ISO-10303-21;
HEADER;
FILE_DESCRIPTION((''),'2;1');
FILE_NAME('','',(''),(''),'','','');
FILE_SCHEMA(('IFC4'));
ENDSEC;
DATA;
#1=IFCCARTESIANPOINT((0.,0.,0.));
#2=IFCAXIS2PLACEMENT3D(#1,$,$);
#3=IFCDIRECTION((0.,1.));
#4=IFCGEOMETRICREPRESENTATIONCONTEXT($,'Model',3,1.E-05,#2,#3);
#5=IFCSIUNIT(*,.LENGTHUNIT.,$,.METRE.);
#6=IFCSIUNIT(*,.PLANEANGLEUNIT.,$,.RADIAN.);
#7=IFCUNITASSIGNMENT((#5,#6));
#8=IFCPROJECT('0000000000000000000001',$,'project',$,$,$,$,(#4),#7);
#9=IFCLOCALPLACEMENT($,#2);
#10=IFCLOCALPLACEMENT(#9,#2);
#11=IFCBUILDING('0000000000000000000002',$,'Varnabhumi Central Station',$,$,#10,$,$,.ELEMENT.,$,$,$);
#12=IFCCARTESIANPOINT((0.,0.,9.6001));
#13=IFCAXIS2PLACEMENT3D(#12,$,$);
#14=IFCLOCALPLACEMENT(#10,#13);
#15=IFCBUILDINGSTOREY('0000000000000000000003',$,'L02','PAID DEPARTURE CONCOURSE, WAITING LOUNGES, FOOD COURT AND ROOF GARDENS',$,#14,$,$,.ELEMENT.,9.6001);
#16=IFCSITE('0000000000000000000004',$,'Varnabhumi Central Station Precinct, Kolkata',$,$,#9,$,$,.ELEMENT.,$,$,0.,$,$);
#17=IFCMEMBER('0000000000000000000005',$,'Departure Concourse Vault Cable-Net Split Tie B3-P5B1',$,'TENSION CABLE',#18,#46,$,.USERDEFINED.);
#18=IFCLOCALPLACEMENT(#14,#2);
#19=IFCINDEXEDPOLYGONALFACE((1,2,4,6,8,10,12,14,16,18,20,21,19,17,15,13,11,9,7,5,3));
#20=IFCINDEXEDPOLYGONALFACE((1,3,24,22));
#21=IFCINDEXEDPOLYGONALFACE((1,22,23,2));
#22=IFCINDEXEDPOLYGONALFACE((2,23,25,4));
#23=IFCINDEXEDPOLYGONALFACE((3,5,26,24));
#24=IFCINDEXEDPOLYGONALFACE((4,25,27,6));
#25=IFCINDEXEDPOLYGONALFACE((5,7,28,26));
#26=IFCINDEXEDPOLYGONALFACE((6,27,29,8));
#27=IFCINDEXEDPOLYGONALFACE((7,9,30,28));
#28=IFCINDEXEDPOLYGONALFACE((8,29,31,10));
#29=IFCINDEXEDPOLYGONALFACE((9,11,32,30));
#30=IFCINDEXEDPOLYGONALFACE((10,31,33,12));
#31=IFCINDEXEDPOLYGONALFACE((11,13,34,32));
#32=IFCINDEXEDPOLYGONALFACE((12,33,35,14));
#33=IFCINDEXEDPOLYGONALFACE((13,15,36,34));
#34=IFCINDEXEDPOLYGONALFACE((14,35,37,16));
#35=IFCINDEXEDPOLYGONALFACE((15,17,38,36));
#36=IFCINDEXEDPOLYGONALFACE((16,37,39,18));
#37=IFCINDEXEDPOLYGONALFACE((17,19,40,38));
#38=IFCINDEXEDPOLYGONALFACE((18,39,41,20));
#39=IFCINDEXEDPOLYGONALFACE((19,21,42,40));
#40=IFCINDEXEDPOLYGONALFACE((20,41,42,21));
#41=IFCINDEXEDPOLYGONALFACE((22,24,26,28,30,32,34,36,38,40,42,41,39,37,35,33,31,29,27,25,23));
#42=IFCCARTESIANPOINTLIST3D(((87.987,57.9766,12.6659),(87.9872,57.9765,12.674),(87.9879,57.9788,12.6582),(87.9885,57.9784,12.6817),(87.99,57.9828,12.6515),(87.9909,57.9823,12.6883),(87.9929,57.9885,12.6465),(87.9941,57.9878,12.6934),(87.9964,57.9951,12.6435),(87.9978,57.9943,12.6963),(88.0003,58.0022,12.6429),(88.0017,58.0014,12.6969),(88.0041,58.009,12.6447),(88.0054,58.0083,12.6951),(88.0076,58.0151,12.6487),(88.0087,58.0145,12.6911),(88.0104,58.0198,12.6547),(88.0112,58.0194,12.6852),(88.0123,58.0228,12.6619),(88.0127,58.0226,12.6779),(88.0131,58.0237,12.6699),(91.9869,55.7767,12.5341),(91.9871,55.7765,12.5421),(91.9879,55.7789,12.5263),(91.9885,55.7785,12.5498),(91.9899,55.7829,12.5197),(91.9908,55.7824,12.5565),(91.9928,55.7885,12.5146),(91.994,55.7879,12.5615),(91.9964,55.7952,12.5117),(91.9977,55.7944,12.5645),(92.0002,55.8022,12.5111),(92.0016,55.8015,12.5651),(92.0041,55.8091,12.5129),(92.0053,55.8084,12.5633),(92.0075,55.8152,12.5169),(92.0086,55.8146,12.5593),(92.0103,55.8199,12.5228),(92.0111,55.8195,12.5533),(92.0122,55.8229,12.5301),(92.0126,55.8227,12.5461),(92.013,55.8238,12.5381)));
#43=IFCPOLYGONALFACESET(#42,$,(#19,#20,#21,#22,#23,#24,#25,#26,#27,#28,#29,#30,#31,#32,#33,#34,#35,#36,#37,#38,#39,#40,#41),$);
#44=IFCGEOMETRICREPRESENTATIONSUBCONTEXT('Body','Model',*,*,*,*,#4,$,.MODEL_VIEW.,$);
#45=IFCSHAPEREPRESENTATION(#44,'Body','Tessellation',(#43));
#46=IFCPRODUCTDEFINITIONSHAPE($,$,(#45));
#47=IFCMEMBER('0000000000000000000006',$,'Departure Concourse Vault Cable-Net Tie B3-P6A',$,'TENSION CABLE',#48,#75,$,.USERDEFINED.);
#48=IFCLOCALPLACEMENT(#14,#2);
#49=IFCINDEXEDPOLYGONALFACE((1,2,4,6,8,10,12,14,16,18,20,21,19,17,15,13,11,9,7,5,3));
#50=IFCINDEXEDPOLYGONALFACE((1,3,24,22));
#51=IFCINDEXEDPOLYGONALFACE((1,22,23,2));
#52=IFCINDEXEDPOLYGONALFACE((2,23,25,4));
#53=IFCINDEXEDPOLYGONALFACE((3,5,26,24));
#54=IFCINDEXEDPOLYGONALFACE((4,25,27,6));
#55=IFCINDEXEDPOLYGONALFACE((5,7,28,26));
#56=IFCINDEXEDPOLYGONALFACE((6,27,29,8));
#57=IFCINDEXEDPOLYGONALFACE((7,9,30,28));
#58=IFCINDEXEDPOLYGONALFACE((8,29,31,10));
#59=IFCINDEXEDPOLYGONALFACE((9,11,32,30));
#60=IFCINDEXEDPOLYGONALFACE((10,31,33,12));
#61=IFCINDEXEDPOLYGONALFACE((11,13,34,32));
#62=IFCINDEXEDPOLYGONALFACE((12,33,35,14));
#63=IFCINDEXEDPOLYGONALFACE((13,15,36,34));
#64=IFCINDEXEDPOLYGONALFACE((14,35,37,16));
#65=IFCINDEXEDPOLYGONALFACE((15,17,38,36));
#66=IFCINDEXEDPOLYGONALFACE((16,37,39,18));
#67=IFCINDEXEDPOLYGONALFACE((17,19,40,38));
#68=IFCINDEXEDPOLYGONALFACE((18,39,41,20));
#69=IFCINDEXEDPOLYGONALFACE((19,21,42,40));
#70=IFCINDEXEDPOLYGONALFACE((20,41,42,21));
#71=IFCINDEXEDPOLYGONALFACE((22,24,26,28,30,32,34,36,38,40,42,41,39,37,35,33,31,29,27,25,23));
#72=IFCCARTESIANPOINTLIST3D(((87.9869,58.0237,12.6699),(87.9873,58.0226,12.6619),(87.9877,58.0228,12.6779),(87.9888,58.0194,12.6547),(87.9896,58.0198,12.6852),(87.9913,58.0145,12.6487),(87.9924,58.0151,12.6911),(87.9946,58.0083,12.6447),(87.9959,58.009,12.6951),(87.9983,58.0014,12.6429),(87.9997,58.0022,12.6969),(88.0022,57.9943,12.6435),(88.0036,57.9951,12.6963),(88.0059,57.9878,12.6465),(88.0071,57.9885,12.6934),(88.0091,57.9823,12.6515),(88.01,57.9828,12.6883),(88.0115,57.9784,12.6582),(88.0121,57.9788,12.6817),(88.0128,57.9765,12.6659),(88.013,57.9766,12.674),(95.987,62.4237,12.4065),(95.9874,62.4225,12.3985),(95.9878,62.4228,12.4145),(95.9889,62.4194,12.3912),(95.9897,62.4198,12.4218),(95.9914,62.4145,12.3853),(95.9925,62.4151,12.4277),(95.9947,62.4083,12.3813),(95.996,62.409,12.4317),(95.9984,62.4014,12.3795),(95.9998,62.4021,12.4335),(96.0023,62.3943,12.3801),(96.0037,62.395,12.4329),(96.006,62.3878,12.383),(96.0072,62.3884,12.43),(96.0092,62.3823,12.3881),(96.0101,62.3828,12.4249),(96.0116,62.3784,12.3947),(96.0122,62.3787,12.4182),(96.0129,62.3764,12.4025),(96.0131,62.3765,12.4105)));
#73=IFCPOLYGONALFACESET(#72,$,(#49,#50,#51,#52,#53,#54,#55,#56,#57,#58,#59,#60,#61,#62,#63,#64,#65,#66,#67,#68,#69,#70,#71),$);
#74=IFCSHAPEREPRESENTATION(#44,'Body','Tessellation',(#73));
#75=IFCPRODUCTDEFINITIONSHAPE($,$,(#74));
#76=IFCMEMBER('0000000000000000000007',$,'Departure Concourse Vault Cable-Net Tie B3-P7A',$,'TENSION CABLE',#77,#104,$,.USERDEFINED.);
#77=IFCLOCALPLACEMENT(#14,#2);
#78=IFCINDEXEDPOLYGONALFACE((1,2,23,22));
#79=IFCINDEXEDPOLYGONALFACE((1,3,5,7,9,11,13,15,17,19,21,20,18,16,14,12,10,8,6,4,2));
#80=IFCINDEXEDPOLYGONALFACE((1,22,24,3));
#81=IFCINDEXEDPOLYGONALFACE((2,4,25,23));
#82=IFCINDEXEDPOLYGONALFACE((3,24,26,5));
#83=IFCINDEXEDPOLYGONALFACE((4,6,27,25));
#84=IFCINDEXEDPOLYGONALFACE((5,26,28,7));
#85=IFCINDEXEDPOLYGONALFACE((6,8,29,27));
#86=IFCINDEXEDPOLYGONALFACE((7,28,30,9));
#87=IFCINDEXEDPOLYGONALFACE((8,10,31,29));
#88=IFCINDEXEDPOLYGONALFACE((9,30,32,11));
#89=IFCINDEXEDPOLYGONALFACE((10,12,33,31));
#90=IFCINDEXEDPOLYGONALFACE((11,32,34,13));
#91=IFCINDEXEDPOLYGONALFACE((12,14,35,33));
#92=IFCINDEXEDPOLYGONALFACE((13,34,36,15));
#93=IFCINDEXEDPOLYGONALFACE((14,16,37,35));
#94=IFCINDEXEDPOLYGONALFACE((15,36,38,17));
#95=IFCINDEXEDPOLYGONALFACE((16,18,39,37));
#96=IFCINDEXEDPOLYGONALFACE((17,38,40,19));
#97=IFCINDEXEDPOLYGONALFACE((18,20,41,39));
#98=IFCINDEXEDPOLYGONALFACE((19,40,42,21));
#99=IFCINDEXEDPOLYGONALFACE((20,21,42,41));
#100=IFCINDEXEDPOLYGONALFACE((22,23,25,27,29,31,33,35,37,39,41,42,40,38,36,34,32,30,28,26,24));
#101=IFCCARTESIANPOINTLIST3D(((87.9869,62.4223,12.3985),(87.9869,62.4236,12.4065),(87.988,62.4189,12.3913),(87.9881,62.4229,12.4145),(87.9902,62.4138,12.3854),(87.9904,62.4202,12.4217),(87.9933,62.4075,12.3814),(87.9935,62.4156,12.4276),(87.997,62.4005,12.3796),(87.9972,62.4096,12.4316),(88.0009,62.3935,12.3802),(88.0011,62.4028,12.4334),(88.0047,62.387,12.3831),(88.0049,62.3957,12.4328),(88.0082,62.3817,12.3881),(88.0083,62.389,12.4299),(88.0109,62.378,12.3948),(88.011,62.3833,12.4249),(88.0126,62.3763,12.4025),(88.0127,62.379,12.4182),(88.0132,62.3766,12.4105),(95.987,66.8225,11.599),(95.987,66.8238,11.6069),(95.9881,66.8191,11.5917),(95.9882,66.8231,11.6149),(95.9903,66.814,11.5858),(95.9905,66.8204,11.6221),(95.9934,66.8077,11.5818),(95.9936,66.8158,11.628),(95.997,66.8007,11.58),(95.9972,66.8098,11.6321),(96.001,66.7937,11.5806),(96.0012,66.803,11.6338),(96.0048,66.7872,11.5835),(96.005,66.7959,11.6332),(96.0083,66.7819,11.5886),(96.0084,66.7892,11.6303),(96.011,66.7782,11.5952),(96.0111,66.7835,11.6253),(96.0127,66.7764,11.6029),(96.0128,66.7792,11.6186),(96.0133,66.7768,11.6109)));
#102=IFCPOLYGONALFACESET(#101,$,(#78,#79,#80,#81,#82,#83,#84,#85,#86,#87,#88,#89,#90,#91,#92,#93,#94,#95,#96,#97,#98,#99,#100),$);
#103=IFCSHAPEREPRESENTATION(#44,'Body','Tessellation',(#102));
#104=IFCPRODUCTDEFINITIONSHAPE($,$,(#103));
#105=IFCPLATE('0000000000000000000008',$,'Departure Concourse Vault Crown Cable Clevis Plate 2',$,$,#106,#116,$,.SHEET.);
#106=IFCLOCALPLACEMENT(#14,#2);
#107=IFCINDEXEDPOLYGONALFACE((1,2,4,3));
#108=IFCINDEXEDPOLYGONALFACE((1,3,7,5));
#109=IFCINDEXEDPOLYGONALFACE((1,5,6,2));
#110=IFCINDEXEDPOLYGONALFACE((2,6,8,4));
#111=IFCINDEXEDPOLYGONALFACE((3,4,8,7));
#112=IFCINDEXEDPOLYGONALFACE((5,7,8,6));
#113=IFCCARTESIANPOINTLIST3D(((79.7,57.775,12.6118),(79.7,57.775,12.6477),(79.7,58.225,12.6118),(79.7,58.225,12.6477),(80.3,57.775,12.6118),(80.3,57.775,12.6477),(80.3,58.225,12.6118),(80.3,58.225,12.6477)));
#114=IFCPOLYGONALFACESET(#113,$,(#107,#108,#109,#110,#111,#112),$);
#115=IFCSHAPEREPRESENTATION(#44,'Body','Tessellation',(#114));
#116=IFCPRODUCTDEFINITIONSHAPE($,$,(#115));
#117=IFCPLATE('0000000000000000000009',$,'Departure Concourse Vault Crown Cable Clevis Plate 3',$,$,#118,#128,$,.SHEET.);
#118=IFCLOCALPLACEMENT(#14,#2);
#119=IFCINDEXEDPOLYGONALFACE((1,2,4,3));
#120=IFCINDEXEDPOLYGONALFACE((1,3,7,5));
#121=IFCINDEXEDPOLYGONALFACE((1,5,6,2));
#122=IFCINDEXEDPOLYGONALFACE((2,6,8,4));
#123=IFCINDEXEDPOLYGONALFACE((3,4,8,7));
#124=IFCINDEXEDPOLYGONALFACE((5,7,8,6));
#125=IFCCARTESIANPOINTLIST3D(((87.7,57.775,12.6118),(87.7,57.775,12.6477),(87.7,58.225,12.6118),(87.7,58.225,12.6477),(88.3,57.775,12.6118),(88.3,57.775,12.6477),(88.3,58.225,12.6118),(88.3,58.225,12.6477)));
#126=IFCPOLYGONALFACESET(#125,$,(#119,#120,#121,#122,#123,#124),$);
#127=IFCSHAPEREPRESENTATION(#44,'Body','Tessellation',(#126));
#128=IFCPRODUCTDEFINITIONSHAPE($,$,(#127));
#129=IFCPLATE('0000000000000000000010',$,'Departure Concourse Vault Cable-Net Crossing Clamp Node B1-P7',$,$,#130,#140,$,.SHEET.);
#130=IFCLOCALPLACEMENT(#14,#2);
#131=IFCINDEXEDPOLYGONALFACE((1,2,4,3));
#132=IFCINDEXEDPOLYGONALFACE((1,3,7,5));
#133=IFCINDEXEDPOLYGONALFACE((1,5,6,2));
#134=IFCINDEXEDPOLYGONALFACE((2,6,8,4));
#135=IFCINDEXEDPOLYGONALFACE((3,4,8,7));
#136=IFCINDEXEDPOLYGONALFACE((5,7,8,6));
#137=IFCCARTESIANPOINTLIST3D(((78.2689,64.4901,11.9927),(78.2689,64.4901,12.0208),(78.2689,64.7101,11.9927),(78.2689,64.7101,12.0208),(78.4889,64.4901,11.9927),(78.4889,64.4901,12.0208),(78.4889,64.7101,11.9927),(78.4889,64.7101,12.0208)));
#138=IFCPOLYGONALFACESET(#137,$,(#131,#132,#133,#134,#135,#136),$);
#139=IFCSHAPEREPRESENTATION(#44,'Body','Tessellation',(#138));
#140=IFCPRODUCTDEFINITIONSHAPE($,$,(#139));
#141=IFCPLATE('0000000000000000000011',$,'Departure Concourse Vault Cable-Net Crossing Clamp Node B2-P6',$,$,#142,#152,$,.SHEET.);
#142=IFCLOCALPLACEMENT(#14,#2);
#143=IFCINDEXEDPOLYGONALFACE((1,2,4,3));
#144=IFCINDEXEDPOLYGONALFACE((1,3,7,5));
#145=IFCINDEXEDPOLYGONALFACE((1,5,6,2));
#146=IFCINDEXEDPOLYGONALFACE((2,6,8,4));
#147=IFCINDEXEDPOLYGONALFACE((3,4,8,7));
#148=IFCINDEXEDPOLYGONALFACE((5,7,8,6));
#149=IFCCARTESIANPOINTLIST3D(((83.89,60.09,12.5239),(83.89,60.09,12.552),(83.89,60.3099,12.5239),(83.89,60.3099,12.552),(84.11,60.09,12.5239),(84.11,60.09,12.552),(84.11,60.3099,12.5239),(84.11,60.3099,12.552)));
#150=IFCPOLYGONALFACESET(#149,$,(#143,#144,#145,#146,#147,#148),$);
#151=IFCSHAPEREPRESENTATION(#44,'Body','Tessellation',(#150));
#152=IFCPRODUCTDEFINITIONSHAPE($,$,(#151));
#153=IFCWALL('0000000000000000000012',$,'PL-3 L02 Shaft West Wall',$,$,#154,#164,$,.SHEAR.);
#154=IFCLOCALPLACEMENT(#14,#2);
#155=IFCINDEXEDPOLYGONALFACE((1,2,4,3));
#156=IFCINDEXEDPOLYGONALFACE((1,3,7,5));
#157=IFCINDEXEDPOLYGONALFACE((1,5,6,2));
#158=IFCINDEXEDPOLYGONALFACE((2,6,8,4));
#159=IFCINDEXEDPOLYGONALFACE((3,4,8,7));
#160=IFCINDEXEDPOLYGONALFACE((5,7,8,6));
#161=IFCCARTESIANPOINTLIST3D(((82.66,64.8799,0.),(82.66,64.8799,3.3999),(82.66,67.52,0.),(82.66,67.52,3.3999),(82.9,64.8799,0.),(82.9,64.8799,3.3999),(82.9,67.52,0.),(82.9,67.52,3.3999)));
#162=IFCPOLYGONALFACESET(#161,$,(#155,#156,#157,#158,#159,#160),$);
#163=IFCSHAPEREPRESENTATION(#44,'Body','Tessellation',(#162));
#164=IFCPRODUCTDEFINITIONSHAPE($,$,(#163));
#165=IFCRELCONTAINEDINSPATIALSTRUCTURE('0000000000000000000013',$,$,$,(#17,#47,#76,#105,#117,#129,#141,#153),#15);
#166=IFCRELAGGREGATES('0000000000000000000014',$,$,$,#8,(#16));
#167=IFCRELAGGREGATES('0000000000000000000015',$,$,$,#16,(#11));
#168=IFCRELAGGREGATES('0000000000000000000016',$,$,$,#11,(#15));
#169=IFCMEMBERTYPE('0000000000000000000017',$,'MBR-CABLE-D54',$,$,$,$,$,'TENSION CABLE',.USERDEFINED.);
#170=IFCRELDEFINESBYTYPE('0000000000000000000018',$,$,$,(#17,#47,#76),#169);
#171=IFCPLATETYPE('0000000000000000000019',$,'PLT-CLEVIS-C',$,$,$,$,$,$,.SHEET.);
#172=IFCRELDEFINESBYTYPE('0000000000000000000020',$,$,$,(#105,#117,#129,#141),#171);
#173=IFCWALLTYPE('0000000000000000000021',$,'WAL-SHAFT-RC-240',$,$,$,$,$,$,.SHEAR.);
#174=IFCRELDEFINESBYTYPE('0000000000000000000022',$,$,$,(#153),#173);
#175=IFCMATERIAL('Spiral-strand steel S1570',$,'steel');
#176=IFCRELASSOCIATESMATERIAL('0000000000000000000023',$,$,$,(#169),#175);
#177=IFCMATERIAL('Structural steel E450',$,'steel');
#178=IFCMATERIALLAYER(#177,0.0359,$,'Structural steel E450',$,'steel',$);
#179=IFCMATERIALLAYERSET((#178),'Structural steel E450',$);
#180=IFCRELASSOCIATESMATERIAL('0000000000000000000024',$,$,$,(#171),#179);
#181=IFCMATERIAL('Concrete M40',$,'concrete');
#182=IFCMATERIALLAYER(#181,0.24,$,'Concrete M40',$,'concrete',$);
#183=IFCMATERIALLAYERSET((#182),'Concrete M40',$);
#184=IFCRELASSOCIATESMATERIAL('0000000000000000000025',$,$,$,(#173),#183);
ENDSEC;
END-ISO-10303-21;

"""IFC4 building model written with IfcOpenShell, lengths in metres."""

from ifc_helpers import new_model, si_unit, direction, frame, frame_2d, origin, origin_2d, place, context, subcontext, project, spatial, rectangle, circle, extrude, material, layer, layer_set, material_profile, profile_set, type_object, element, save


model = new_model("IFC4")

# Units and contexts
model_context = context("Model", 3, precision=1e-05, world=origin(), true_north=direction((0.0, 1.0)))
body_context = subcontext(model_context, "Body", "Model", "MODEL_VIEW")
ifc_project = project(units=[si_unit("LENGTHUNIT", "METRE"), si_unit("PLANEANGLEUNIT", "RADIAN")], contexts=[model_context])

# Site, building, storey
site_placement = place(None, origin())
site = spatial("IfcSite", under=ifc_project, at=site_placement, Name="Varnabhumi Central Station Precinct, Kolkata", CompositionType="ELEMENT", RefElevation=0.0)
building_placement = place(site_placement, origin())
building = spatial("IfcBuilding", under=site, at=building_placement, Name="Varnabhumi Central Station", CompositionType="ELEMENT")
storey_placement = place(building_placement, frame((0.0, 0.0, 9.6001)))
storey = spatial("IfcBuildingStorey", under=building, at=storey_placement, Name="L02", Description="PAID DEPARTURE CONCOURSE, WAITING LOUNGES, FOOD COURT AND ROOF GARDENS", CompositionType="ELEMENT", Elevation=9.6001)

# Shared definitions
ifc_material_1 = material(Name="Structural steel E450", Category="steel")

# Members
ifc_material_2 = material(Name="Spiral-strand steel S1570", Category="steel")
ifc_material_profile_1 = material_profile(ifc_material_2, circle(Radius=0.0271, at=origin_2d()), Name="Spiral-strand steel S1570", Category="steel")
ifc_profile_set_1 = profile_set([ifc_material_profile_1], Name="Spiral-strand steel S1570")
member_type = type_object("IfcMemberType", Name="MBR-CABLE-D54", ElementType="TENSION CABLE", PredefinedType="USERDEFINED", material=ifc_profile_set_1)
member_1_placement = place(storey_placement, frame((88.0, 58.0, 12.6699), z_axis=(0.875855, -0.48171, -0.028867), x_axis=(0.481911, 0.87622, 0.0)))
element("IfcMember", 1, at=member_1_placement, inside=storey, type_object=member_type, Name="Departure Concourse Vault Cable-Net Split Tie B3-P5B1", ObjectType="TENSION CABLE", PredefinedType="USERDEFINED", context=body_context, shape_type="SweptSolid", body=[
    extrude(circle(Radius=0.0271, at=origin_2d()), origin(), (0.0, 0.0, 1.0), 4.5669),
])
member_2_placement = place(storey_placement, frame((88.0, 58.0, 12.6699), z_axis=(0.875856, 0.48171, -0.028841), x_axis=(-0.481911, 0.87622, 0.0)))
element("IfcMember", 2, at=member_2_placement, inside=storey, type_object=member_type, Name="Departure Concourse Vault Cable-Net Tie B3-P6A", ObjectType="TENSION CABLE", PredefinedType="USERDEFINED", context=body_context, shape_type="SweptSolid", body=[
    extrude(circle(Radius=0.0271, at=origin_2d()), origin(), (0.0, 0.0, 1.0), 9.134),
])
member_3_placement = place(storey_placement, frame((88.0, 62.3999, 12.4065), z_axis=(0.872869, 0.480094, -0.087239), x_axis=(-0.481931, 0.876209, 0.0)))
element("IfcMember", 3, at=member_3_placement, inside=storey, type_object=member_type, Name="Departure Concourse Vault Cable-Net Tie B3-P7A", ObjectType="TENSION CABLE", PredefinedType="USERDEFINED", context=body_context, shape_type="SweptSolid", body=[
    extrude(circle(Radius=0.0271, at=origin_2d()), origin(), (0.0, 0.0, 1.0), 9.1653),
])

# Plates
ifc_layer_1 = layer(ifc_material_1, 0.0359, Name="Structural steel E450", Category="steel")
ifc_layer_set_1 = layer_set([ifc_layer_1], Name="Structural steel E450")
plate_type = type_object("IfcPlateType", Name="PLT-CLEVIS-C", PredefinedType="SHEET", material=ifc_layer_set_1)
for number, where, z_axis, x_axis, name in (
    (4, (80.0, 58.0, 12.6118), (0.0, 0.0, 1.0), (1.0, 0.0, 0.0), "Departure Concourse Vault Crown Cable Clevis Plate 2"),
    (5, (88.0, 58.0, 12.6118), (0.0, 0.0, 1.0), (1.0, 0.0, 0.0), "Departure Concourse Vault Crown Cable Clevis Plate 3"),
):
    element("IfcPlate", number, at=place(storey_placement, frame(where, z_axis=z_axis, x_axis=x_axis)), inside=storey, type_object=plate_type, Name=name, PredefinedType="SHEET", context=body_context, shape_type="SweptSolid", body=[
        extrude(rectangle(XDim=0.6001, YDim=0.45, at=origin_2d()), origin(), (0.0, 0.0, 1.0), 0.0359),
    ])
for number, where, z_axis, x_axis, name in (
    (6, (78.3789, 64.6001, 11.9927), (0.0, 0.0, 1.0), (1.0, 0.0, 0.0), "Departure Concourse Vault Cable-Net Crossing Clamp Node B1-P7"),
    (7, (84.0, 60.2, 12.5239), (0.0, 0.0, 1.0), (1.0, 0.0, 0.0), "Departure Concourse Vault Cable-Net Crossing Clamp Node B2-P6"),
):
    element("IfcPlate", number, at=place(storey_placement, frame(where, z_axis=z_axis, x_axis=x_axis)), inside=storey, type_object=plate_type, Name=name, PredefinedType="SHEET", context=body_context, shape_type="SweptSolid", body=[
        extrude(rectangle(XDim=0.22, YDim=0.22, at=origin_2d()), origin(), (0.0, 0.0, 1.0), 0.0281),
    ])

# Wall
ifc_material_3 = material(Name="Concrete M40", Category="concrete")
ifc_layer_2 = layer(ifc_material_3, 0.24, Name="Concrete M40", Category="concrete")
ifc_layer_set_2 = layer_set([ifc_layer_2], Name="Concrete M40")
wall_type = type_object("IfcWallType", Name="WAL-SHAFT-RC-240", PredefinedType="SHEAR", material=ifc_layer_set_2)
wall_placement = place(storey_placement, frame((82.78, 64.8799, 0.0), z_axis=(0.0, 0.0, 1.0), x_axis=(0.0, 1.0, 0.0)))
element("IfcWall", 8, at=wall_placement, inside=storey, type_object=wall_type, Name="PL-3 L02 Shaft West Wall", PredefinedType="SHEAR", context=body_context, shape_type="SweptSolid", body=[
    extrude(rectangle(XDim=2.6401, YDim=0.24, at=frame_2d((1.3201, 0.0))), origin(), (0.0, 0.0, 1.0), 3.3999),
])

save(model, "model.ifc")
